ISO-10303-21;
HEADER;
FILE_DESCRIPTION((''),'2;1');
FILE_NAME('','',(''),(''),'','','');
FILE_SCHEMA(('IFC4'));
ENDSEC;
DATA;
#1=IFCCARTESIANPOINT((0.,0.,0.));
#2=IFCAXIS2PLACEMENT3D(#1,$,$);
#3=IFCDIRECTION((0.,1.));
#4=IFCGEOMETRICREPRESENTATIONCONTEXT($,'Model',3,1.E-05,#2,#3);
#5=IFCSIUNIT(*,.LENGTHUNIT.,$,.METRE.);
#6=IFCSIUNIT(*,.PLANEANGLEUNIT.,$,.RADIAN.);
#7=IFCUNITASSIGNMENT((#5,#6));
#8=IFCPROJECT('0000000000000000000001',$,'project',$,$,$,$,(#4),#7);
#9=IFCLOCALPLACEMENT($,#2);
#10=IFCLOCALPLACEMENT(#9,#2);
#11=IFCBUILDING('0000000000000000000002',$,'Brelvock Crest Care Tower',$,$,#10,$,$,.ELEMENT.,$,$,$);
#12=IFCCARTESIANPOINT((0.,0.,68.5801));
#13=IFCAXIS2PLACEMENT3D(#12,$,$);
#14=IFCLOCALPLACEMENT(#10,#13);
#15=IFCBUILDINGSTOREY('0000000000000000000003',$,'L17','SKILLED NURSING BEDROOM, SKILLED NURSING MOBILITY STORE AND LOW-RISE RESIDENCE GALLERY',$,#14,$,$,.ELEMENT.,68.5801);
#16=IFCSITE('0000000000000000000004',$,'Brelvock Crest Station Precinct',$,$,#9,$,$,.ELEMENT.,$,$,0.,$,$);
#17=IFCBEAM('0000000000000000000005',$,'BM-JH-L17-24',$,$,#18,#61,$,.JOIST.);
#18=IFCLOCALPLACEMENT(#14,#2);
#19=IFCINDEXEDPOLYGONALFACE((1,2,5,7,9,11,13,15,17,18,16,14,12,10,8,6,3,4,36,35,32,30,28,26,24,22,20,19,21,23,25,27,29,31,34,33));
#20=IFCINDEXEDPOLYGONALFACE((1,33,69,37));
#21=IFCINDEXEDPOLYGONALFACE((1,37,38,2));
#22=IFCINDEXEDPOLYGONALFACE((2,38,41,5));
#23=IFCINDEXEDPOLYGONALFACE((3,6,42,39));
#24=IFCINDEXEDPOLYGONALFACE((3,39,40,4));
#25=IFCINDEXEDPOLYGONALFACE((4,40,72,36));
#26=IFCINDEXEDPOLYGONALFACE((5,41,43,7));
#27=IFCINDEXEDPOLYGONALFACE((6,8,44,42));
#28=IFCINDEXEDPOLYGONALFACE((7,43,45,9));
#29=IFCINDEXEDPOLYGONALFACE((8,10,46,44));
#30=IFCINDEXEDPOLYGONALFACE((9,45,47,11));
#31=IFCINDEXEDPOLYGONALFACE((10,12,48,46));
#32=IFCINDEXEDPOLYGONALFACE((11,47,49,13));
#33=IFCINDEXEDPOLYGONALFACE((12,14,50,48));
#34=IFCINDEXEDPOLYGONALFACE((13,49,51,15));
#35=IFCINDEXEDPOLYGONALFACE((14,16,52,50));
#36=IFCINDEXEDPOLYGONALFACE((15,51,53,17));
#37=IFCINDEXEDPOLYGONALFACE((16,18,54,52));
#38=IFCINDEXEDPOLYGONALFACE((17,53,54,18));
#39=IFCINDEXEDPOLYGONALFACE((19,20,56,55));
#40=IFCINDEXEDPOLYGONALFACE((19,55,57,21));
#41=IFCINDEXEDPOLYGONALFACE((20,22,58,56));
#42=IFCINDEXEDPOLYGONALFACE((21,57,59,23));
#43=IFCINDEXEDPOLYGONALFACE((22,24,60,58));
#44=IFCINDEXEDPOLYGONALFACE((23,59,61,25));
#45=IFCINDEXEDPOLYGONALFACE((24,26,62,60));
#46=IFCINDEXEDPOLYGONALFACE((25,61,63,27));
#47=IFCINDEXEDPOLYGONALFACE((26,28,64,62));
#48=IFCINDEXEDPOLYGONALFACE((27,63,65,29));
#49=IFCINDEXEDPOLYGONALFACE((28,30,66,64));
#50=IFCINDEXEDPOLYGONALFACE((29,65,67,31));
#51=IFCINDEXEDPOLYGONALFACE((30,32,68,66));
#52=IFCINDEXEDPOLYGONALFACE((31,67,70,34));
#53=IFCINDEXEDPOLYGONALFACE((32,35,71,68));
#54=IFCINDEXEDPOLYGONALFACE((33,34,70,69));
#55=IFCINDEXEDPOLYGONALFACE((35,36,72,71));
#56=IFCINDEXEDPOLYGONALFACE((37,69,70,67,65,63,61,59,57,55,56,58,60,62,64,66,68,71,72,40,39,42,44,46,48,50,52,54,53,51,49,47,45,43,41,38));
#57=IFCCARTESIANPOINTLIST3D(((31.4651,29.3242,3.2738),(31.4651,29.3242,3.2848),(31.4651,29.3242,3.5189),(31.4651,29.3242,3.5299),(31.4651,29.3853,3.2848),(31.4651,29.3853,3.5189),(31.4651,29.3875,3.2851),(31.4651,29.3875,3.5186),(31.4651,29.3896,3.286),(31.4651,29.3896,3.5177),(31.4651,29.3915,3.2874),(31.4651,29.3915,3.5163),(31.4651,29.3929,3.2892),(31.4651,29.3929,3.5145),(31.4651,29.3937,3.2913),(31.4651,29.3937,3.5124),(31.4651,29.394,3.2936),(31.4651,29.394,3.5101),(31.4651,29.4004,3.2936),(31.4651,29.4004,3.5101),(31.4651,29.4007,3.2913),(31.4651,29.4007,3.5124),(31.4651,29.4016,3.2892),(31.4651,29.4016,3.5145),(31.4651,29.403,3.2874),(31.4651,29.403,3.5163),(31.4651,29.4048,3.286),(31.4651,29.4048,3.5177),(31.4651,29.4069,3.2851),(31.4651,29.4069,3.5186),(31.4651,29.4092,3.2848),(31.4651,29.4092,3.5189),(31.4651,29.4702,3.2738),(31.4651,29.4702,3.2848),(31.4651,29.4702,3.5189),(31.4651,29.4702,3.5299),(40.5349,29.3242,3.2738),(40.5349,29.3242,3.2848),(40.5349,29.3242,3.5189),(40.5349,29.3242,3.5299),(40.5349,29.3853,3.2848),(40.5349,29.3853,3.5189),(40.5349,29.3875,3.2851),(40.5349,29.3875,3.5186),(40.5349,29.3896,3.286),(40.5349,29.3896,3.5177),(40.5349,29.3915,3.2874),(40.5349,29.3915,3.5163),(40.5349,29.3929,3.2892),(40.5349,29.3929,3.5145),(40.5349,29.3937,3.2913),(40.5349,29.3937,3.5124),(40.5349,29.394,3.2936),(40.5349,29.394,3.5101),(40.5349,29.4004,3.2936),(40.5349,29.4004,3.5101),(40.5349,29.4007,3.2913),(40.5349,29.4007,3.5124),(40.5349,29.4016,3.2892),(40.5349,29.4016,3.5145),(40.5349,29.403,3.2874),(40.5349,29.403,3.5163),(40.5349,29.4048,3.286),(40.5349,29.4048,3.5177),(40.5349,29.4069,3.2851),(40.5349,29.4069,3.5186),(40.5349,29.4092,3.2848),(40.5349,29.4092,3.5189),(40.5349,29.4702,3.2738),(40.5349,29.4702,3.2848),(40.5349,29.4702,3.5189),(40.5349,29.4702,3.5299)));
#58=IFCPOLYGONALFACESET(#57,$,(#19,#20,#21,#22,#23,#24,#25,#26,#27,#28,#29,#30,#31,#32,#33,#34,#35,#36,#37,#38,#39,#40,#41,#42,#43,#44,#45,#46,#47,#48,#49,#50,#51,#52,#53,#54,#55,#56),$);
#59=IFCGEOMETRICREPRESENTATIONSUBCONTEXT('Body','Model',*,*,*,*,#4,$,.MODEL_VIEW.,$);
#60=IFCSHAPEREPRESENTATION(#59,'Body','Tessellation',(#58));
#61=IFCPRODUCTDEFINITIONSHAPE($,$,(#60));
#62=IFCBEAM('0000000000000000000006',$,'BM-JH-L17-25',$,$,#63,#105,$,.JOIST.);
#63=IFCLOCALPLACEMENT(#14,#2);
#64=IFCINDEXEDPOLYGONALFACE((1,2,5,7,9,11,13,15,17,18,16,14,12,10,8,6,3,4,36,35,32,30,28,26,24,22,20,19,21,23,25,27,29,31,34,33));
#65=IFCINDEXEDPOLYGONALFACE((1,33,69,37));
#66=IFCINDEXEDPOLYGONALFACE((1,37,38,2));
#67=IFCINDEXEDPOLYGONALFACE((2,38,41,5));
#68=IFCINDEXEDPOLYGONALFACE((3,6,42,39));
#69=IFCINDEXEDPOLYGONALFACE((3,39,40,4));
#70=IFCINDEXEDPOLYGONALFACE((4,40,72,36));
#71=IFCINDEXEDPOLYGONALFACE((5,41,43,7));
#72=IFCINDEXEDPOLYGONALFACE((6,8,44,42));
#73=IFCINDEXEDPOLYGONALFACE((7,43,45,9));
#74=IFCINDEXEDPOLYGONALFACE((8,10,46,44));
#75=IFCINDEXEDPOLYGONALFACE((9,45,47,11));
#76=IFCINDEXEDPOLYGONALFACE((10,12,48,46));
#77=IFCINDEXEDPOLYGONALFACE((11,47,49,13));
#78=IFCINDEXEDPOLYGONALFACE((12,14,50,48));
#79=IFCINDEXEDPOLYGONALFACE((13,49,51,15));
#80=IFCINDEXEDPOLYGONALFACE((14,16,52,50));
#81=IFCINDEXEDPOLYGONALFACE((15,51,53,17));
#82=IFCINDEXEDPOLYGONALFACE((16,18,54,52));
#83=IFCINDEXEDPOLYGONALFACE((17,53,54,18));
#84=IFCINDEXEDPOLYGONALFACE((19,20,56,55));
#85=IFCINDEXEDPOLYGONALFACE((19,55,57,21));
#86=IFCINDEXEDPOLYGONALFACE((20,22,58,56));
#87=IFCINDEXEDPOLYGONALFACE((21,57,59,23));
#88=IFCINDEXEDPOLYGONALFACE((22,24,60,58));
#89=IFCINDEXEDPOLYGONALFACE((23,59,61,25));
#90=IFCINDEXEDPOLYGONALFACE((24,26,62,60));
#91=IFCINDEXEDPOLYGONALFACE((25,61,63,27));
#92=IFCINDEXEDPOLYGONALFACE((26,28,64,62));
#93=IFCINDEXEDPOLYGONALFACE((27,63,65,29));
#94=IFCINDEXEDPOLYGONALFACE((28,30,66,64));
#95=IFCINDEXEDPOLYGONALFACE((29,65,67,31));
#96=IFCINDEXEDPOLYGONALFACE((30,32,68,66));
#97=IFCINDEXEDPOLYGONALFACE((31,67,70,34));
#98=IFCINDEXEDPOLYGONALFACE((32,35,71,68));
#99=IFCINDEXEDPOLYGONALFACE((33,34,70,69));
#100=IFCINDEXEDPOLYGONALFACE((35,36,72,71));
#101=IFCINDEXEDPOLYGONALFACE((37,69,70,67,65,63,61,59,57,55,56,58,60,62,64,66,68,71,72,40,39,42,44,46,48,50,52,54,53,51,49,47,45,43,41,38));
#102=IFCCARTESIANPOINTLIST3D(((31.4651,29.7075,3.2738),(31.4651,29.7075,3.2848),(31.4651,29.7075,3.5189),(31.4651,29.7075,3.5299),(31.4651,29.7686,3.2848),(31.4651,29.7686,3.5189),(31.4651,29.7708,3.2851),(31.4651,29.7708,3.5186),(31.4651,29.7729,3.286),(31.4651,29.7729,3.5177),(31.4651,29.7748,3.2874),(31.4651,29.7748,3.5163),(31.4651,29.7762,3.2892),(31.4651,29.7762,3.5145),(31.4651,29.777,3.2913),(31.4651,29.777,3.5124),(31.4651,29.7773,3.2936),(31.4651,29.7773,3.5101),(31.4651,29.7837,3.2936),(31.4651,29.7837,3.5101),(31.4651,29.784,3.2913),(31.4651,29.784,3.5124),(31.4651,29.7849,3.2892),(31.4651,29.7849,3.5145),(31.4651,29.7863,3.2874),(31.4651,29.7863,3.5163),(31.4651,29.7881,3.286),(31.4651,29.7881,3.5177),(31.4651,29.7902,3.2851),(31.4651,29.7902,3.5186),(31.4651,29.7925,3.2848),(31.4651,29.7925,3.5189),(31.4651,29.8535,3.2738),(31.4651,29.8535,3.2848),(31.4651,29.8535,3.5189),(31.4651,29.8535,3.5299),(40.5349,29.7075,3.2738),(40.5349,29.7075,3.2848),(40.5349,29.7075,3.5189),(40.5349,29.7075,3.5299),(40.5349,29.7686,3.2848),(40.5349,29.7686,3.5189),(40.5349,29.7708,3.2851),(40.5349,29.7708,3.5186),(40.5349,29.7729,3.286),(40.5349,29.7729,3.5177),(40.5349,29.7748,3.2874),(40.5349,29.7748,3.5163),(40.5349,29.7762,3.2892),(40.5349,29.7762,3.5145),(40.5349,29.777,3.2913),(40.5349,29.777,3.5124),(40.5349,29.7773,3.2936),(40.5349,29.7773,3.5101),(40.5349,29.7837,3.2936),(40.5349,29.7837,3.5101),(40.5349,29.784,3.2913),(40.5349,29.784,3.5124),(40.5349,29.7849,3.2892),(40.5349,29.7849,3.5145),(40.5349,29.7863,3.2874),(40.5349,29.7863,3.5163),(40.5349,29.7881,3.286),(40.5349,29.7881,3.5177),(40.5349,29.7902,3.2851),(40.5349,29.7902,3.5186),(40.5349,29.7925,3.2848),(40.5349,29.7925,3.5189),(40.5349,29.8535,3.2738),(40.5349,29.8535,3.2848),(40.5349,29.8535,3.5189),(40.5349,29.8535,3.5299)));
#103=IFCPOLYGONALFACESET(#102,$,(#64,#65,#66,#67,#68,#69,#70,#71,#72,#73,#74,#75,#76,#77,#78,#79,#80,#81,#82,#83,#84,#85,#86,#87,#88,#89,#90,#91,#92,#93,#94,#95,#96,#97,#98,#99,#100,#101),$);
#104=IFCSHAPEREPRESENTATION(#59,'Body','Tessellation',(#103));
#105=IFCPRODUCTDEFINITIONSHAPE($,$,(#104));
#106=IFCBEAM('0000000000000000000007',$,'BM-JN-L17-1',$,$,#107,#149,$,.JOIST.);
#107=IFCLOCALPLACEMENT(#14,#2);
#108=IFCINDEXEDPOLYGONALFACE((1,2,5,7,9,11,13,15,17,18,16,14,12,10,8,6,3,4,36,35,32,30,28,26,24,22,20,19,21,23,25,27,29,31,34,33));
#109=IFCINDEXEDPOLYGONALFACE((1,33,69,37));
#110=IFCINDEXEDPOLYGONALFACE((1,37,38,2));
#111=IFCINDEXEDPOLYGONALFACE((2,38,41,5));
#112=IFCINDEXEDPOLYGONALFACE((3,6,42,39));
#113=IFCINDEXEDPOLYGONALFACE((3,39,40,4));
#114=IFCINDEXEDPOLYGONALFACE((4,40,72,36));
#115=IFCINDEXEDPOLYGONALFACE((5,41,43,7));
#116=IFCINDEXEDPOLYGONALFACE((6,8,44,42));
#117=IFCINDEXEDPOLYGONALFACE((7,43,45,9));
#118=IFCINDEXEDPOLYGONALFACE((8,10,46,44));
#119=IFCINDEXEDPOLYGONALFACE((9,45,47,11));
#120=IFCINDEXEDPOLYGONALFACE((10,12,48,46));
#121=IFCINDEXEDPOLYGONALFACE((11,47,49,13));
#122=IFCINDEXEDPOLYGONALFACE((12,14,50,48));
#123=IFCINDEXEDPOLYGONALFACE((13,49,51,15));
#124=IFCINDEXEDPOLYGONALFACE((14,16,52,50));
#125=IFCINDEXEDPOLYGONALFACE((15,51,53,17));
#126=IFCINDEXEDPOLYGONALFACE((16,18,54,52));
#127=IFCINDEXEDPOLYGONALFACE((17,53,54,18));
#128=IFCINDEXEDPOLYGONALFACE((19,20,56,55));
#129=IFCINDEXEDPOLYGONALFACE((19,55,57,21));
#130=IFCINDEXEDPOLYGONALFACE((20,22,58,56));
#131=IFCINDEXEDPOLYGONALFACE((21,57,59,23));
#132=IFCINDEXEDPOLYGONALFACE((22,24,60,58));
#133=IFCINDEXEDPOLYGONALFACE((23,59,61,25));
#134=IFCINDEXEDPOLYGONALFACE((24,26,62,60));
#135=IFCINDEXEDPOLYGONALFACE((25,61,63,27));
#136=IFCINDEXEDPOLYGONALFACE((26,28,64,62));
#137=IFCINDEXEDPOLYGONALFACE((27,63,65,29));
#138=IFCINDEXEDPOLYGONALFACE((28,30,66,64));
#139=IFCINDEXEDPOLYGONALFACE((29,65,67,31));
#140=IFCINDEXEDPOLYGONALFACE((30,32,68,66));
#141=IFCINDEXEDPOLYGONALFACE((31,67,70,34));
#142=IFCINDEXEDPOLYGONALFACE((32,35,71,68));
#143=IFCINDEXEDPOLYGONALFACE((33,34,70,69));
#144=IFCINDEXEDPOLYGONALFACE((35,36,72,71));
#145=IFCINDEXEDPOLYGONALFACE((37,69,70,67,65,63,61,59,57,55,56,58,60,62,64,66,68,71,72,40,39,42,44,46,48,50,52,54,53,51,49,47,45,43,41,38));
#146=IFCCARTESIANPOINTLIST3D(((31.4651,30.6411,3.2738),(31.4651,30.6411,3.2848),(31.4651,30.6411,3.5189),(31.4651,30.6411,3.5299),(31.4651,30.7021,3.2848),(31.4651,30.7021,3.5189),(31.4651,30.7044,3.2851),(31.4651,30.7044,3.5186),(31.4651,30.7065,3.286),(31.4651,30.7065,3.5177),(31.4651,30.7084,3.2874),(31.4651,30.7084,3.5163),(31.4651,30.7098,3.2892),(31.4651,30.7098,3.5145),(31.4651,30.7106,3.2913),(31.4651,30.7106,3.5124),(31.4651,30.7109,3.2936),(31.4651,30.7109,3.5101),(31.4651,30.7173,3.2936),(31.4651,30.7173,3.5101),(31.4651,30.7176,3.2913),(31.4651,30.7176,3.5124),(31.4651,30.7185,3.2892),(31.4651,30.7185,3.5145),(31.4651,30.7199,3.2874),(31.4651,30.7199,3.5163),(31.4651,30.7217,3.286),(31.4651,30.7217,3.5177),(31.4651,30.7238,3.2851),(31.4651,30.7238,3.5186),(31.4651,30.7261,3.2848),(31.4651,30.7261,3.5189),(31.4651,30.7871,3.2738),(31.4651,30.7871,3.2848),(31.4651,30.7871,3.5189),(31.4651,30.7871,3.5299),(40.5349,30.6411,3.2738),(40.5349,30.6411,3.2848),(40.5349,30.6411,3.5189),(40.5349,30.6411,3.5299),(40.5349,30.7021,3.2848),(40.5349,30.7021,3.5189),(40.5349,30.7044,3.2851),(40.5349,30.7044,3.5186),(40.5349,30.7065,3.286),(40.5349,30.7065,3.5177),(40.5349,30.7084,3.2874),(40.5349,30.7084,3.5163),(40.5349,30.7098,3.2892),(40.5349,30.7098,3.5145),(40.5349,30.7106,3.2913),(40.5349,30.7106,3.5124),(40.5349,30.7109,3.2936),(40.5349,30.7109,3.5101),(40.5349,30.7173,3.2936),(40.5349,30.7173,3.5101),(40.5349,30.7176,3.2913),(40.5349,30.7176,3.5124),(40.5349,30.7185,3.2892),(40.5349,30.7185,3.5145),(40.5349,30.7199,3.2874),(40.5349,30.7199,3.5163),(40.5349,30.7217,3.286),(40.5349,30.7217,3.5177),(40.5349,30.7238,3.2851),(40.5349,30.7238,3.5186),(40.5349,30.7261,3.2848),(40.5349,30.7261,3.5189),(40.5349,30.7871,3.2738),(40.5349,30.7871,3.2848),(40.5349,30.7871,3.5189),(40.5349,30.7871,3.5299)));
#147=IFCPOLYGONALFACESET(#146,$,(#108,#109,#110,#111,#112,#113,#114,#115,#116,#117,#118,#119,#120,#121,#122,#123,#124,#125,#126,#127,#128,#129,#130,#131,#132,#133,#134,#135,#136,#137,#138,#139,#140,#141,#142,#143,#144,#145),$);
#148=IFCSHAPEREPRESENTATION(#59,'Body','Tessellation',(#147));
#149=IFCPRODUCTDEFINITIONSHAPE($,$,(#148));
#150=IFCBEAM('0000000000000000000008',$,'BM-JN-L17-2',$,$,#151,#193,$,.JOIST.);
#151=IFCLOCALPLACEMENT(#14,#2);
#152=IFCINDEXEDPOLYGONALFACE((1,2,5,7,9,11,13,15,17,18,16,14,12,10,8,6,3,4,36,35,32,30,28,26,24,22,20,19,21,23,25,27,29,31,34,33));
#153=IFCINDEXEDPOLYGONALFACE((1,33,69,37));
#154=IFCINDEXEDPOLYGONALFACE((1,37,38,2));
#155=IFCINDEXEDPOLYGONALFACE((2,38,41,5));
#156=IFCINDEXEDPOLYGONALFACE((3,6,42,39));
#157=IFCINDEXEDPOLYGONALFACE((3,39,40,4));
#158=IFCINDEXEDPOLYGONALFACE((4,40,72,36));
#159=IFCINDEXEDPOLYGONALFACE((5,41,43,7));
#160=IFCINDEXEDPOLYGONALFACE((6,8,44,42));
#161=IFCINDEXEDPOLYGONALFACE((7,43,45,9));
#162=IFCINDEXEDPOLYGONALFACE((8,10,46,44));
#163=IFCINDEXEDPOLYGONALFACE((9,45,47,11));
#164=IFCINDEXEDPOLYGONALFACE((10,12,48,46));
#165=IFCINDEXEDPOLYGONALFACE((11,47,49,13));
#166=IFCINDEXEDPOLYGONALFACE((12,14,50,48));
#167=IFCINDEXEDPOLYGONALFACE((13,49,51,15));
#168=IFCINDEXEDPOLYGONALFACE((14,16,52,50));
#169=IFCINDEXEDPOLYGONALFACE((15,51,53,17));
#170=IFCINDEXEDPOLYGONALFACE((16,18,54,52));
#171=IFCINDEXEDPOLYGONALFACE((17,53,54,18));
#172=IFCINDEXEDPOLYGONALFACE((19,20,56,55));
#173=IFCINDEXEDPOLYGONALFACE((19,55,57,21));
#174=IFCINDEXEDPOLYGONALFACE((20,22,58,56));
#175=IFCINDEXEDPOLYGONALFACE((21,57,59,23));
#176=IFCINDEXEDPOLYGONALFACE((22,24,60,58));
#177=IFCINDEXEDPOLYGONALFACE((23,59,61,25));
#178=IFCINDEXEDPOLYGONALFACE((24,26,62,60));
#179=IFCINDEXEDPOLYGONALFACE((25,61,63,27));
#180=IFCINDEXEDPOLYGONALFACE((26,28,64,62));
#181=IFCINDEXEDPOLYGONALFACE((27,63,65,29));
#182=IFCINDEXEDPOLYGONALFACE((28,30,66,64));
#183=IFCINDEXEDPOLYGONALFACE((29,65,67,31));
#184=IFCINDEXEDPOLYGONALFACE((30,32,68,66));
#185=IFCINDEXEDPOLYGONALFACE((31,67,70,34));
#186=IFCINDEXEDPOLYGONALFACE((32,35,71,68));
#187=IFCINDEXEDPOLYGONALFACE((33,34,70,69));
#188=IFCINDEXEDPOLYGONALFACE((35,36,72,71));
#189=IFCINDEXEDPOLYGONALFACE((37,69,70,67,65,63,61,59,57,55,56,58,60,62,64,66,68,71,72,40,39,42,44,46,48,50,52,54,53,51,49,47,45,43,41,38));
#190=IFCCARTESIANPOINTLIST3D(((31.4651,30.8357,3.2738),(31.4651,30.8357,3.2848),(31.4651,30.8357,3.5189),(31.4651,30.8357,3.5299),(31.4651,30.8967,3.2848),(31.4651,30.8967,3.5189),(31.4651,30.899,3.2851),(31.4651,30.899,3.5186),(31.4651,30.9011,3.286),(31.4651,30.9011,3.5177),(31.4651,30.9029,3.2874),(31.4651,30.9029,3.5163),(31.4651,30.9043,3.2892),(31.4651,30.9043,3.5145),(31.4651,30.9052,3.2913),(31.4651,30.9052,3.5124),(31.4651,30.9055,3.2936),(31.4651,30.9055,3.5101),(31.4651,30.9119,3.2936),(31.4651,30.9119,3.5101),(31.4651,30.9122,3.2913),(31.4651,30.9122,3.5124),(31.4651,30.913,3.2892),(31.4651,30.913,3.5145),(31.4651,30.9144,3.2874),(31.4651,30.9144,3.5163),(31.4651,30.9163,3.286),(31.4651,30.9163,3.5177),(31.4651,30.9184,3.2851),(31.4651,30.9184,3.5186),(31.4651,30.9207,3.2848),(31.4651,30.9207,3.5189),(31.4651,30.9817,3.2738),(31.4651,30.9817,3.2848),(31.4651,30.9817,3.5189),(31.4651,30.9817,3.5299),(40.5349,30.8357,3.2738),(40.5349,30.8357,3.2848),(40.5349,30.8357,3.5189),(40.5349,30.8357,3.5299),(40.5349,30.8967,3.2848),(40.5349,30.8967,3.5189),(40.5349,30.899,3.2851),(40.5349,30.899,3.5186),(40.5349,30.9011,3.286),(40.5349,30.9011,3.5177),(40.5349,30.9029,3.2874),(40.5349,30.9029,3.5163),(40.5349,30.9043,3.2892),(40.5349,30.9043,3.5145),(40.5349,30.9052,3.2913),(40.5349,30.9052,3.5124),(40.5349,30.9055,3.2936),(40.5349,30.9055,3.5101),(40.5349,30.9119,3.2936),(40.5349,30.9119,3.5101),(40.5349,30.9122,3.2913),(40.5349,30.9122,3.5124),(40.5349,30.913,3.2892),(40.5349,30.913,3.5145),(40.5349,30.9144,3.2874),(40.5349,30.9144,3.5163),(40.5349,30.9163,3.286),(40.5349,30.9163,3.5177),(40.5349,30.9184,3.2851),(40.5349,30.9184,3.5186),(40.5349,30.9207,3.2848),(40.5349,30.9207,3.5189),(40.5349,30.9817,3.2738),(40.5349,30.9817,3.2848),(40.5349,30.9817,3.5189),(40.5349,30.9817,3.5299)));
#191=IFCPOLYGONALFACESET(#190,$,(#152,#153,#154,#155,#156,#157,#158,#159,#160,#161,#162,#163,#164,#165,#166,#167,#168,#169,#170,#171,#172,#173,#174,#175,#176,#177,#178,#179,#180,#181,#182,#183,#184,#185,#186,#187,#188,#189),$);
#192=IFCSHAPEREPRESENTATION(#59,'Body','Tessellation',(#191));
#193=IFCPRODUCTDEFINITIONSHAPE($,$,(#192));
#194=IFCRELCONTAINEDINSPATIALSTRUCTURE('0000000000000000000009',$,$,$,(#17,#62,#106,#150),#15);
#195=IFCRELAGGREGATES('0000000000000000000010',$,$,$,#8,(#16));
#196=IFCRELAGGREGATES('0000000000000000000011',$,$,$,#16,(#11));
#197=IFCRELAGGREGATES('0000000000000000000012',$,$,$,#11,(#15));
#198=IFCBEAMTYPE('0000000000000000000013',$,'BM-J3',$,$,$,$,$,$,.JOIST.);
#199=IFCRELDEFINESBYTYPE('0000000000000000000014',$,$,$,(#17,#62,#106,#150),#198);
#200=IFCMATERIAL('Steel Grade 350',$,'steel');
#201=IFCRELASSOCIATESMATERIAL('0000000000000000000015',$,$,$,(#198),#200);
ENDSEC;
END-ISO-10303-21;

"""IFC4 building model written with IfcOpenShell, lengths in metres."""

from ifc_helpers import new_model, si_unit, direction, frame, origin, origin_2d, place, context, subcontext, project, spatial, i_section, extrude, source, transform, mapped, material, material_profile, profile_set, type_object, element, save


model = new_model("IFC4")

# Units and contexts
model_context = context("Model", 3, precision=1e-05, world=origin(), true_north=direction((0.0, 1.0)))
body_context = subcontext(model_context, "Body", "Model", "MODEL_VIEW")
ifc_project = project(units=[si_unit("LENGTHUNIT", "METRE"), si_unit("PLANEANGLEUNIT", "RADIAN")], contexts=[model_context])

# Site, building, storey
site_placement = place(None, origin())
site = spatial("IfcSite", under=ifc_project, at=site_placement, Name="Brelvock Crest Station Precinct", CompositionType="ELEMENT", RefElevation=0.0)
building_placement = place(site_placement, origin())
building = spatial("IfcBuilding", under=site, at=building_placement, Name="Brelvock Crest Care Tower", CompositionType="ELEMENT")
storey_placement = place(building_placement, frame((0.0, 0.0, 68.5801)))
storey = spatial("IfcBuildingStorey", under=building, at=storey_placement, Name="L17", Description="SKILLED NURSING BEDROOM, SKILLED NURSING MOBILITY STORE AND LOW-RISE RESIDENCE GALLERY", CompositionType="ELEMENT", Elevation=68.5801)

# Beams
ifc_material_1 = material(Name="Steel Grade 350", Category="steel")
ifc_material_profile = material_profile(ifc_material_1, i_section(OverallWidth=0.146, OverallDepth=0.2561, WebThickness=0.0063, FlangeThickness=0.011, FilletRadius=0.0088, at=origin_2d()), Name="250UB37.3")
ifc_profile_set = profile_set([ifc_material_profile], Name="Steel Grade 350")
beam_type = type_object("IfcBeamType", Name="BM-J3", PredefinedType="JOIST", material=ifc_profile_set)
shared_shape_1 = source(origin(), body_context, "Body", "SweptSolid", [
    extrude(i_section(OverallWidth=0.146, OverallDepth=0.2561, WebThickness=0.0063, FlangeThickness=0.011, FilletRadius=0.0088, at=origin_2d()), origin(), (0.0, 0.0, 1.0), 9.0698),
])
for number, where, z_axis, x_axis, name in (
    (1, (31.4651, 29.3972, 3.4019), (1.0, 0.0, 0.0), (0.0, 1.0, 0.0), "BM-JH-L17-24"),
    (2, (31.4651, 29.7805, 3.4019), (1.0, 0.0, 0.0), (0.0, 1.0, 0.0), "BM-JH-L17-25"),
    (3, (31.4651, 30.7141, 3.4019), (1.0, 0.0, 0.0), (0.0, 1.0, 0.0), "BM-JN-L17-1"),
    (4, (31.4651, 30.9087, 3.4019), (1.0, 0.0, 0.0), (0.0, 1.0, 0.0), "BM-JN-L17-2"),
):
    element("IfcBeam", number, at=place(storey_placement, frame(where, z_axis=z_axis, x_axis=x_axis)), inside=storey, type_object=beam_type, Name=name, PredefinedType="JOIST", context=body_context, shape_type="MappedRepresentation", body=[
        mapped(shared_shape_1, transform((0.0, 0.0, 0.0), x_axis=(1.0, 0.0, 0.0), y_axis=(0.0, 1.0, 0.0), z_axis=(0.0, 0.0, 1.0), scale=1.0)),
    ])

save(model, "model.ifc")
